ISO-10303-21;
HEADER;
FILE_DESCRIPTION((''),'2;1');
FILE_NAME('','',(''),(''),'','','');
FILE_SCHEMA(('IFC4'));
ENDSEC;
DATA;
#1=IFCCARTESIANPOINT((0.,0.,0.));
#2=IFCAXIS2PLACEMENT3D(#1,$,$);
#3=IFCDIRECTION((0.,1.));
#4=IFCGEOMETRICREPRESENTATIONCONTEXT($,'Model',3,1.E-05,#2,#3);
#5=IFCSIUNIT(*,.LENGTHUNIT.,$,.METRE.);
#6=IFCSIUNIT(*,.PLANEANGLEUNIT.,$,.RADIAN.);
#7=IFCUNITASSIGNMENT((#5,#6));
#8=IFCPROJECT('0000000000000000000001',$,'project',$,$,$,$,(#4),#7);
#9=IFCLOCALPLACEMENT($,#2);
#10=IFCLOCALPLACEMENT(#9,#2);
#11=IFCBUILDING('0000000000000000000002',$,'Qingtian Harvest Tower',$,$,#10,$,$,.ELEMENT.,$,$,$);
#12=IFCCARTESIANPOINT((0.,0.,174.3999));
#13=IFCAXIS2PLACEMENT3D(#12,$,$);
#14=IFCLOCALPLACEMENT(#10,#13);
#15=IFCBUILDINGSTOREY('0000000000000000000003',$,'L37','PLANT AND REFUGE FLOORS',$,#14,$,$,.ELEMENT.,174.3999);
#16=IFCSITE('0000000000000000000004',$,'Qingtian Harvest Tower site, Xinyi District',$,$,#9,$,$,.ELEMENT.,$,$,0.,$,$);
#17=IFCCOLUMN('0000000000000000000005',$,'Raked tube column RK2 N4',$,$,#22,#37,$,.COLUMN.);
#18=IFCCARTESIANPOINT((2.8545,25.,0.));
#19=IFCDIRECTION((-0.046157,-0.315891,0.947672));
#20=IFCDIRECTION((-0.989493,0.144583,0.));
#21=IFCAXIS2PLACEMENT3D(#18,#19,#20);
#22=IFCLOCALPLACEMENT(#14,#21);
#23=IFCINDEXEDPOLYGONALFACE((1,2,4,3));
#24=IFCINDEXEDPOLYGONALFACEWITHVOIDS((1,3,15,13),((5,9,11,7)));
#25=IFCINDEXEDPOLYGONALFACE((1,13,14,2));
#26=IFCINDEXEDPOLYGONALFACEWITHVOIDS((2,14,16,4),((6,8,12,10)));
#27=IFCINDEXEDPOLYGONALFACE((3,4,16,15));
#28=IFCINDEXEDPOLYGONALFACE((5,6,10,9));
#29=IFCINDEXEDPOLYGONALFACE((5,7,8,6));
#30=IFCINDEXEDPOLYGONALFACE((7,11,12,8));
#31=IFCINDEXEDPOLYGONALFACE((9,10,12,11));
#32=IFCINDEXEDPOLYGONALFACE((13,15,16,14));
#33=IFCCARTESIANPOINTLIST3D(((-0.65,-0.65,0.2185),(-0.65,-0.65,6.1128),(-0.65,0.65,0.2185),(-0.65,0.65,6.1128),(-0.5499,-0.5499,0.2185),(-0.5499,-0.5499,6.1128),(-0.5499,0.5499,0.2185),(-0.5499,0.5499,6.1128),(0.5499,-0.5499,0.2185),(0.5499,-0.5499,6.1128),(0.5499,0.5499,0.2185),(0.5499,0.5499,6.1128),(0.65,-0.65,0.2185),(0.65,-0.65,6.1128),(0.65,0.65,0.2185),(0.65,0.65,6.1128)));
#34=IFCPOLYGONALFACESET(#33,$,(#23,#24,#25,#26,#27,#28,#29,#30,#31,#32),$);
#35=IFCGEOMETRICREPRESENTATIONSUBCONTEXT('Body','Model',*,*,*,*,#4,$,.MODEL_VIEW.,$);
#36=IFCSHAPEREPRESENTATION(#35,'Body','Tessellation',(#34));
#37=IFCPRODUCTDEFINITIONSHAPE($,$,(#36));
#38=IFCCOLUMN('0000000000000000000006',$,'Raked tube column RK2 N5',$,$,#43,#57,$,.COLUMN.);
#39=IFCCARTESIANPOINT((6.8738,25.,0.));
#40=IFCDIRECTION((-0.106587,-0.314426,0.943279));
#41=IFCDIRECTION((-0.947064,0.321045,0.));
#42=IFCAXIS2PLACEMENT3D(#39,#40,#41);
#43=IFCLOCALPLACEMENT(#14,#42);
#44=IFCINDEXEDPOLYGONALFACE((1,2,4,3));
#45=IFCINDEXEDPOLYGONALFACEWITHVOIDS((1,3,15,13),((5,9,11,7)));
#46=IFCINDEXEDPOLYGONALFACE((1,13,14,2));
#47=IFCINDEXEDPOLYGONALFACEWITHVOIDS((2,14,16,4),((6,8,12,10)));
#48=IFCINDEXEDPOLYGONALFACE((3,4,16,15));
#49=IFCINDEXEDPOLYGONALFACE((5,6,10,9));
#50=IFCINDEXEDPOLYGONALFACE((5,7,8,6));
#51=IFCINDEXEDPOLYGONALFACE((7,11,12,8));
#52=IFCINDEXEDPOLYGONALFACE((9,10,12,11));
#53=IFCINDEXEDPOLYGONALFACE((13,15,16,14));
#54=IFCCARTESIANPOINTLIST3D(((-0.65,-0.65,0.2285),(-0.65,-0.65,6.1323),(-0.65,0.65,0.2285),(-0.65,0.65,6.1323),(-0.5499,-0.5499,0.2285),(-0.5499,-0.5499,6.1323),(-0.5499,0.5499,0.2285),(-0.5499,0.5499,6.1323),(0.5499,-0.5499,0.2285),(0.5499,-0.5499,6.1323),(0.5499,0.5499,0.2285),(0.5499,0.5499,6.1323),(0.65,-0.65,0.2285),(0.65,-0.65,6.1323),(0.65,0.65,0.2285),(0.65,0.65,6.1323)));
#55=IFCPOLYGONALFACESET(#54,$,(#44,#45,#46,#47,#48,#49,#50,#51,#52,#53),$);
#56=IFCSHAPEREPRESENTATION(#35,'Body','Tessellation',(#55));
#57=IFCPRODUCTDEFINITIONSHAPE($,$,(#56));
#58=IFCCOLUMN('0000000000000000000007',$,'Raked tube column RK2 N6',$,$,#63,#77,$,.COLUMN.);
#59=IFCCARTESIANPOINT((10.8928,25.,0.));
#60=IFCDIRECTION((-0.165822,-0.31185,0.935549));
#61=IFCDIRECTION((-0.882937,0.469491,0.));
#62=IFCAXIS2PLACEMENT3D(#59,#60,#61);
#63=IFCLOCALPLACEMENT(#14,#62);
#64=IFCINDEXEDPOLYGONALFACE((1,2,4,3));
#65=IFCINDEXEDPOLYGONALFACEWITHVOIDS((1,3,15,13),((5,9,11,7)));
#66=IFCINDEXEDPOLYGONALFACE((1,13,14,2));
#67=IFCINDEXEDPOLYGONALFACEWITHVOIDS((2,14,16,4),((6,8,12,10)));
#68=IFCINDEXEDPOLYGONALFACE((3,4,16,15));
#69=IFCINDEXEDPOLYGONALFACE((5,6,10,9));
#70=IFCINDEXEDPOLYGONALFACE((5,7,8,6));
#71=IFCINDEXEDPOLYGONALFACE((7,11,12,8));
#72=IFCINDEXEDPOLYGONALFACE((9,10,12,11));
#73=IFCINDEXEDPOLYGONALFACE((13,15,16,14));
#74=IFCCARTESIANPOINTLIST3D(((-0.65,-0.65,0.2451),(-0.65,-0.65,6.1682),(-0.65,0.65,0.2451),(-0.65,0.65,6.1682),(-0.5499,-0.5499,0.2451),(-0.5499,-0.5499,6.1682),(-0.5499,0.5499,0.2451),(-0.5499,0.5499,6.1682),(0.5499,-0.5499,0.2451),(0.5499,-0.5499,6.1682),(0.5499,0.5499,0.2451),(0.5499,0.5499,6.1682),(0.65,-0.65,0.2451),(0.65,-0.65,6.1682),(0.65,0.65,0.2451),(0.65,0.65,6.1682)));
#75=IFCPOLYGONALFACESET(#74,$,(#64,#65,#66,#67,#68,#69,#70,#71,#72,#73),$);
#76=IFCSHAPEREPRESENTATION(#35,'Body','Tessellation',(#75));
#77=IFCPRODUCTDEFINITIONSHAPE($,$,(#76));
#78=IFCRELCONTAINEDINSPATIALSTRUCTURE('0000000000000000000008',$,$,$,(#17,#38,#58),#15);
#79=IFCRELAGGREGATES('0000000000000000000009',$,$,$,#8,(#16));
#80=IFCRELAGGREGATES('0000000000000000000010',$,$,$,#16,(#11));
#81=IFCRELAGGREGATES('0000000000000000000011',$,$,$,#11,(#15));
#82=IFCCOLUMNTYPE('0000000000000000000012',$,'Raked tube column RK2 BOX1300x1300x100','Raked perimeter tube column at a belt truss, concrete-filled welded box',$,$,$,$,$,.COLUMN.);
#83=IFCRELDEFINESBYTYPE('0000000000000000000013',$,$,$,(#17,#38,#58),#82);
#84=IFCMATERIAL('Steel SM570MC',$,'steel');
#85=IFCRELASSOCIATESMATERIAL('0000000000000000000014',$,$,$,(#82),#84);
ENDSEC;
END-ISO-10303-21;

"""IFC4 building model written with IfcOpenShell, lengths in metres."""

from ifc_helpers import new_model, si_unit, direction, frame, origin, origin_2d, place, context, subcontext, project, spatial, hollow_rectangle, extrude, clip, halfspace, material, material_profile, profile_set, type_object, element, save


model = new_model("IFC4")

# Units and contexts
model_context = context("Model", 3, precision=1e-05, world=origin(), true_north=direction((0.0, 1.0)))
body_context = subcontext(model_context, "Body", "Model", "MODEL_VIEW")
ifc_project = project(units=[si_unit("LENGTHUNIT", "METRE"), si_unit("PLANEANGLEUNIT", "RADIAN")], contexts=[model_context])

# Site, building, storey
site_placement = place(None, origin())
site = spatial("IfcSite", under=ifc_project, at=site_placement, Name="Qingtian Harvest Tower site, Xinyi District", CompositionType="ELEMENT", RefElevation=0.0)
building_placement = place(site_placement, origin())
building = spatial("IfcBuilding", under=site, at=building_placement, Name="Qingtian Harvest Tower", CompositionType="ELEMENT")
storey_placement = place(building_placement, frame((0.0, 0.0, 174.3999)))
storey = spatial("IfcBuildingStorey", under=building, at=storey_placement, Name="L37", Description="PLANT AND REFUGE FLOORS", CompositionType="ELEMENT", Elevation=174.3999)

# Columns
ifc_material_1 = material(Name="Steel SM570MC", Category="steel")
ifc_material_profile_1 = material_profile(ifc_material_1, hollow_rectangle(XDim=1.3, YDim=1.3, WallThickness=0.1001, at=origin_2d()), Name="BOX1300x1300x100")
ifc_profile_set_1 = profile_set([ifc_material_profile_1], Name="Steel SM570MC")
column_type = type_object("IfcColumnType", Name="Raked tube column RK2 BOX1300x1300x100", Description="Raked perimeter tube column at a belt truss, concrete-filled welded box", PredefinedType="COLUMN", material=ifc_profile_set_1)
column_1_placement = place(storey_placement, frame((2.8545, 25.0, 0.0), z_axis=(-0.046157, -0.315891, 0.947672), x_axis=(-0.989493, 0.144583, 0.0)))
element("IfcColumn", 1, at=column_1_placement, inside=storey, type_object=column_type, Name="Raked tube column RK2 N4", PredefinedType="COLUMN", context=body_context, shape_type="Clipping", body=[
    clip(clip(extrude(hollow_rectangle(XDim=1.3, YDim=1.3, WallThickness=0.1001, at=origin_2d()), origin(), (0.0, 0.0, 1.0), 6.3313), halfspace(frame((0.0, 0.0, 0.2185), z_axis=(0.0, 0.0, -1.0), x_axis=(0.0, -1.0, 0.0)), False)), halfspace(frame((0.0, 0.0, 6.1128), z_axis=(0.0, 0.0, 1.0), x_axis=(0.0, 1.0, 0.0)), False)),
])
column_2_placement = place(storey_placement, frame((6.8738, 25.0, 0.0), z_axis=(-0.106587, -0.314426, 0.943279), x_axis=(-0.947064, 0.321045, 0.0)))
element("IfcColumn", 2, at=column_2_placement, inside=storey, type_object=column_type, Name="Raked tube column RK2 N5", PredefinedType="COLUMN", context=body_context, shape_type="Clipping", body=[
    clip(clip(extrude(hollow_rectangle(XDim=1.3, YDim=1.3, WallThickness=0.1001, at=origin_2d()), origin(), (0.0, 0.0, 1.0), 6.3608), halfspace(frame((0.0, 0.0, 0.2285), z_axis=(0.0, 0.0, -1.0), x_axis=(0.0, -1.0, 0.0)), False)), halfspace(frame((0.0, 0.0, 6.1323), z_axis=(0.0, 0.0, 1.0), x_axis=(0.0, 1.0, 0.0)), False)),
])
column_3_placement = place(storey_placement, frame((10.8928, 25.0, 0.0), z_axis=(-0.165822, -0.31185, 0.935549), x_axis=(-0.882937, 0.469491, 0.0)))
element("IfcColumn", 3, at=column_3_placement, inside=storey, type_object=column_type, Name="Raked tube column RK2 N6", PredefinedType="COLUMN", context=body_context, shape_type="Clipping", body=[
    clip(clip(extrude(hollow_rectangle(XDim=1.3, YDim=1.3, WallThickness=0.1001, at=origin_2d()), origin(), (0.0, 0.0, 1.0), 6.4133), halfspace(frame((0.0, 0.0, 0.2451), z_axis=(0.0, 0.0, -1.0), x_axis=(0.0, -1.0, 0.0)), False)), halfspace(frame((0.0, 0.0, 6.1682), z_axis=(0.0, 0.0, 1.0), x_axis=(0.0, 1.0, 0.0)), False)),
])

save(model, "model.ifc")
